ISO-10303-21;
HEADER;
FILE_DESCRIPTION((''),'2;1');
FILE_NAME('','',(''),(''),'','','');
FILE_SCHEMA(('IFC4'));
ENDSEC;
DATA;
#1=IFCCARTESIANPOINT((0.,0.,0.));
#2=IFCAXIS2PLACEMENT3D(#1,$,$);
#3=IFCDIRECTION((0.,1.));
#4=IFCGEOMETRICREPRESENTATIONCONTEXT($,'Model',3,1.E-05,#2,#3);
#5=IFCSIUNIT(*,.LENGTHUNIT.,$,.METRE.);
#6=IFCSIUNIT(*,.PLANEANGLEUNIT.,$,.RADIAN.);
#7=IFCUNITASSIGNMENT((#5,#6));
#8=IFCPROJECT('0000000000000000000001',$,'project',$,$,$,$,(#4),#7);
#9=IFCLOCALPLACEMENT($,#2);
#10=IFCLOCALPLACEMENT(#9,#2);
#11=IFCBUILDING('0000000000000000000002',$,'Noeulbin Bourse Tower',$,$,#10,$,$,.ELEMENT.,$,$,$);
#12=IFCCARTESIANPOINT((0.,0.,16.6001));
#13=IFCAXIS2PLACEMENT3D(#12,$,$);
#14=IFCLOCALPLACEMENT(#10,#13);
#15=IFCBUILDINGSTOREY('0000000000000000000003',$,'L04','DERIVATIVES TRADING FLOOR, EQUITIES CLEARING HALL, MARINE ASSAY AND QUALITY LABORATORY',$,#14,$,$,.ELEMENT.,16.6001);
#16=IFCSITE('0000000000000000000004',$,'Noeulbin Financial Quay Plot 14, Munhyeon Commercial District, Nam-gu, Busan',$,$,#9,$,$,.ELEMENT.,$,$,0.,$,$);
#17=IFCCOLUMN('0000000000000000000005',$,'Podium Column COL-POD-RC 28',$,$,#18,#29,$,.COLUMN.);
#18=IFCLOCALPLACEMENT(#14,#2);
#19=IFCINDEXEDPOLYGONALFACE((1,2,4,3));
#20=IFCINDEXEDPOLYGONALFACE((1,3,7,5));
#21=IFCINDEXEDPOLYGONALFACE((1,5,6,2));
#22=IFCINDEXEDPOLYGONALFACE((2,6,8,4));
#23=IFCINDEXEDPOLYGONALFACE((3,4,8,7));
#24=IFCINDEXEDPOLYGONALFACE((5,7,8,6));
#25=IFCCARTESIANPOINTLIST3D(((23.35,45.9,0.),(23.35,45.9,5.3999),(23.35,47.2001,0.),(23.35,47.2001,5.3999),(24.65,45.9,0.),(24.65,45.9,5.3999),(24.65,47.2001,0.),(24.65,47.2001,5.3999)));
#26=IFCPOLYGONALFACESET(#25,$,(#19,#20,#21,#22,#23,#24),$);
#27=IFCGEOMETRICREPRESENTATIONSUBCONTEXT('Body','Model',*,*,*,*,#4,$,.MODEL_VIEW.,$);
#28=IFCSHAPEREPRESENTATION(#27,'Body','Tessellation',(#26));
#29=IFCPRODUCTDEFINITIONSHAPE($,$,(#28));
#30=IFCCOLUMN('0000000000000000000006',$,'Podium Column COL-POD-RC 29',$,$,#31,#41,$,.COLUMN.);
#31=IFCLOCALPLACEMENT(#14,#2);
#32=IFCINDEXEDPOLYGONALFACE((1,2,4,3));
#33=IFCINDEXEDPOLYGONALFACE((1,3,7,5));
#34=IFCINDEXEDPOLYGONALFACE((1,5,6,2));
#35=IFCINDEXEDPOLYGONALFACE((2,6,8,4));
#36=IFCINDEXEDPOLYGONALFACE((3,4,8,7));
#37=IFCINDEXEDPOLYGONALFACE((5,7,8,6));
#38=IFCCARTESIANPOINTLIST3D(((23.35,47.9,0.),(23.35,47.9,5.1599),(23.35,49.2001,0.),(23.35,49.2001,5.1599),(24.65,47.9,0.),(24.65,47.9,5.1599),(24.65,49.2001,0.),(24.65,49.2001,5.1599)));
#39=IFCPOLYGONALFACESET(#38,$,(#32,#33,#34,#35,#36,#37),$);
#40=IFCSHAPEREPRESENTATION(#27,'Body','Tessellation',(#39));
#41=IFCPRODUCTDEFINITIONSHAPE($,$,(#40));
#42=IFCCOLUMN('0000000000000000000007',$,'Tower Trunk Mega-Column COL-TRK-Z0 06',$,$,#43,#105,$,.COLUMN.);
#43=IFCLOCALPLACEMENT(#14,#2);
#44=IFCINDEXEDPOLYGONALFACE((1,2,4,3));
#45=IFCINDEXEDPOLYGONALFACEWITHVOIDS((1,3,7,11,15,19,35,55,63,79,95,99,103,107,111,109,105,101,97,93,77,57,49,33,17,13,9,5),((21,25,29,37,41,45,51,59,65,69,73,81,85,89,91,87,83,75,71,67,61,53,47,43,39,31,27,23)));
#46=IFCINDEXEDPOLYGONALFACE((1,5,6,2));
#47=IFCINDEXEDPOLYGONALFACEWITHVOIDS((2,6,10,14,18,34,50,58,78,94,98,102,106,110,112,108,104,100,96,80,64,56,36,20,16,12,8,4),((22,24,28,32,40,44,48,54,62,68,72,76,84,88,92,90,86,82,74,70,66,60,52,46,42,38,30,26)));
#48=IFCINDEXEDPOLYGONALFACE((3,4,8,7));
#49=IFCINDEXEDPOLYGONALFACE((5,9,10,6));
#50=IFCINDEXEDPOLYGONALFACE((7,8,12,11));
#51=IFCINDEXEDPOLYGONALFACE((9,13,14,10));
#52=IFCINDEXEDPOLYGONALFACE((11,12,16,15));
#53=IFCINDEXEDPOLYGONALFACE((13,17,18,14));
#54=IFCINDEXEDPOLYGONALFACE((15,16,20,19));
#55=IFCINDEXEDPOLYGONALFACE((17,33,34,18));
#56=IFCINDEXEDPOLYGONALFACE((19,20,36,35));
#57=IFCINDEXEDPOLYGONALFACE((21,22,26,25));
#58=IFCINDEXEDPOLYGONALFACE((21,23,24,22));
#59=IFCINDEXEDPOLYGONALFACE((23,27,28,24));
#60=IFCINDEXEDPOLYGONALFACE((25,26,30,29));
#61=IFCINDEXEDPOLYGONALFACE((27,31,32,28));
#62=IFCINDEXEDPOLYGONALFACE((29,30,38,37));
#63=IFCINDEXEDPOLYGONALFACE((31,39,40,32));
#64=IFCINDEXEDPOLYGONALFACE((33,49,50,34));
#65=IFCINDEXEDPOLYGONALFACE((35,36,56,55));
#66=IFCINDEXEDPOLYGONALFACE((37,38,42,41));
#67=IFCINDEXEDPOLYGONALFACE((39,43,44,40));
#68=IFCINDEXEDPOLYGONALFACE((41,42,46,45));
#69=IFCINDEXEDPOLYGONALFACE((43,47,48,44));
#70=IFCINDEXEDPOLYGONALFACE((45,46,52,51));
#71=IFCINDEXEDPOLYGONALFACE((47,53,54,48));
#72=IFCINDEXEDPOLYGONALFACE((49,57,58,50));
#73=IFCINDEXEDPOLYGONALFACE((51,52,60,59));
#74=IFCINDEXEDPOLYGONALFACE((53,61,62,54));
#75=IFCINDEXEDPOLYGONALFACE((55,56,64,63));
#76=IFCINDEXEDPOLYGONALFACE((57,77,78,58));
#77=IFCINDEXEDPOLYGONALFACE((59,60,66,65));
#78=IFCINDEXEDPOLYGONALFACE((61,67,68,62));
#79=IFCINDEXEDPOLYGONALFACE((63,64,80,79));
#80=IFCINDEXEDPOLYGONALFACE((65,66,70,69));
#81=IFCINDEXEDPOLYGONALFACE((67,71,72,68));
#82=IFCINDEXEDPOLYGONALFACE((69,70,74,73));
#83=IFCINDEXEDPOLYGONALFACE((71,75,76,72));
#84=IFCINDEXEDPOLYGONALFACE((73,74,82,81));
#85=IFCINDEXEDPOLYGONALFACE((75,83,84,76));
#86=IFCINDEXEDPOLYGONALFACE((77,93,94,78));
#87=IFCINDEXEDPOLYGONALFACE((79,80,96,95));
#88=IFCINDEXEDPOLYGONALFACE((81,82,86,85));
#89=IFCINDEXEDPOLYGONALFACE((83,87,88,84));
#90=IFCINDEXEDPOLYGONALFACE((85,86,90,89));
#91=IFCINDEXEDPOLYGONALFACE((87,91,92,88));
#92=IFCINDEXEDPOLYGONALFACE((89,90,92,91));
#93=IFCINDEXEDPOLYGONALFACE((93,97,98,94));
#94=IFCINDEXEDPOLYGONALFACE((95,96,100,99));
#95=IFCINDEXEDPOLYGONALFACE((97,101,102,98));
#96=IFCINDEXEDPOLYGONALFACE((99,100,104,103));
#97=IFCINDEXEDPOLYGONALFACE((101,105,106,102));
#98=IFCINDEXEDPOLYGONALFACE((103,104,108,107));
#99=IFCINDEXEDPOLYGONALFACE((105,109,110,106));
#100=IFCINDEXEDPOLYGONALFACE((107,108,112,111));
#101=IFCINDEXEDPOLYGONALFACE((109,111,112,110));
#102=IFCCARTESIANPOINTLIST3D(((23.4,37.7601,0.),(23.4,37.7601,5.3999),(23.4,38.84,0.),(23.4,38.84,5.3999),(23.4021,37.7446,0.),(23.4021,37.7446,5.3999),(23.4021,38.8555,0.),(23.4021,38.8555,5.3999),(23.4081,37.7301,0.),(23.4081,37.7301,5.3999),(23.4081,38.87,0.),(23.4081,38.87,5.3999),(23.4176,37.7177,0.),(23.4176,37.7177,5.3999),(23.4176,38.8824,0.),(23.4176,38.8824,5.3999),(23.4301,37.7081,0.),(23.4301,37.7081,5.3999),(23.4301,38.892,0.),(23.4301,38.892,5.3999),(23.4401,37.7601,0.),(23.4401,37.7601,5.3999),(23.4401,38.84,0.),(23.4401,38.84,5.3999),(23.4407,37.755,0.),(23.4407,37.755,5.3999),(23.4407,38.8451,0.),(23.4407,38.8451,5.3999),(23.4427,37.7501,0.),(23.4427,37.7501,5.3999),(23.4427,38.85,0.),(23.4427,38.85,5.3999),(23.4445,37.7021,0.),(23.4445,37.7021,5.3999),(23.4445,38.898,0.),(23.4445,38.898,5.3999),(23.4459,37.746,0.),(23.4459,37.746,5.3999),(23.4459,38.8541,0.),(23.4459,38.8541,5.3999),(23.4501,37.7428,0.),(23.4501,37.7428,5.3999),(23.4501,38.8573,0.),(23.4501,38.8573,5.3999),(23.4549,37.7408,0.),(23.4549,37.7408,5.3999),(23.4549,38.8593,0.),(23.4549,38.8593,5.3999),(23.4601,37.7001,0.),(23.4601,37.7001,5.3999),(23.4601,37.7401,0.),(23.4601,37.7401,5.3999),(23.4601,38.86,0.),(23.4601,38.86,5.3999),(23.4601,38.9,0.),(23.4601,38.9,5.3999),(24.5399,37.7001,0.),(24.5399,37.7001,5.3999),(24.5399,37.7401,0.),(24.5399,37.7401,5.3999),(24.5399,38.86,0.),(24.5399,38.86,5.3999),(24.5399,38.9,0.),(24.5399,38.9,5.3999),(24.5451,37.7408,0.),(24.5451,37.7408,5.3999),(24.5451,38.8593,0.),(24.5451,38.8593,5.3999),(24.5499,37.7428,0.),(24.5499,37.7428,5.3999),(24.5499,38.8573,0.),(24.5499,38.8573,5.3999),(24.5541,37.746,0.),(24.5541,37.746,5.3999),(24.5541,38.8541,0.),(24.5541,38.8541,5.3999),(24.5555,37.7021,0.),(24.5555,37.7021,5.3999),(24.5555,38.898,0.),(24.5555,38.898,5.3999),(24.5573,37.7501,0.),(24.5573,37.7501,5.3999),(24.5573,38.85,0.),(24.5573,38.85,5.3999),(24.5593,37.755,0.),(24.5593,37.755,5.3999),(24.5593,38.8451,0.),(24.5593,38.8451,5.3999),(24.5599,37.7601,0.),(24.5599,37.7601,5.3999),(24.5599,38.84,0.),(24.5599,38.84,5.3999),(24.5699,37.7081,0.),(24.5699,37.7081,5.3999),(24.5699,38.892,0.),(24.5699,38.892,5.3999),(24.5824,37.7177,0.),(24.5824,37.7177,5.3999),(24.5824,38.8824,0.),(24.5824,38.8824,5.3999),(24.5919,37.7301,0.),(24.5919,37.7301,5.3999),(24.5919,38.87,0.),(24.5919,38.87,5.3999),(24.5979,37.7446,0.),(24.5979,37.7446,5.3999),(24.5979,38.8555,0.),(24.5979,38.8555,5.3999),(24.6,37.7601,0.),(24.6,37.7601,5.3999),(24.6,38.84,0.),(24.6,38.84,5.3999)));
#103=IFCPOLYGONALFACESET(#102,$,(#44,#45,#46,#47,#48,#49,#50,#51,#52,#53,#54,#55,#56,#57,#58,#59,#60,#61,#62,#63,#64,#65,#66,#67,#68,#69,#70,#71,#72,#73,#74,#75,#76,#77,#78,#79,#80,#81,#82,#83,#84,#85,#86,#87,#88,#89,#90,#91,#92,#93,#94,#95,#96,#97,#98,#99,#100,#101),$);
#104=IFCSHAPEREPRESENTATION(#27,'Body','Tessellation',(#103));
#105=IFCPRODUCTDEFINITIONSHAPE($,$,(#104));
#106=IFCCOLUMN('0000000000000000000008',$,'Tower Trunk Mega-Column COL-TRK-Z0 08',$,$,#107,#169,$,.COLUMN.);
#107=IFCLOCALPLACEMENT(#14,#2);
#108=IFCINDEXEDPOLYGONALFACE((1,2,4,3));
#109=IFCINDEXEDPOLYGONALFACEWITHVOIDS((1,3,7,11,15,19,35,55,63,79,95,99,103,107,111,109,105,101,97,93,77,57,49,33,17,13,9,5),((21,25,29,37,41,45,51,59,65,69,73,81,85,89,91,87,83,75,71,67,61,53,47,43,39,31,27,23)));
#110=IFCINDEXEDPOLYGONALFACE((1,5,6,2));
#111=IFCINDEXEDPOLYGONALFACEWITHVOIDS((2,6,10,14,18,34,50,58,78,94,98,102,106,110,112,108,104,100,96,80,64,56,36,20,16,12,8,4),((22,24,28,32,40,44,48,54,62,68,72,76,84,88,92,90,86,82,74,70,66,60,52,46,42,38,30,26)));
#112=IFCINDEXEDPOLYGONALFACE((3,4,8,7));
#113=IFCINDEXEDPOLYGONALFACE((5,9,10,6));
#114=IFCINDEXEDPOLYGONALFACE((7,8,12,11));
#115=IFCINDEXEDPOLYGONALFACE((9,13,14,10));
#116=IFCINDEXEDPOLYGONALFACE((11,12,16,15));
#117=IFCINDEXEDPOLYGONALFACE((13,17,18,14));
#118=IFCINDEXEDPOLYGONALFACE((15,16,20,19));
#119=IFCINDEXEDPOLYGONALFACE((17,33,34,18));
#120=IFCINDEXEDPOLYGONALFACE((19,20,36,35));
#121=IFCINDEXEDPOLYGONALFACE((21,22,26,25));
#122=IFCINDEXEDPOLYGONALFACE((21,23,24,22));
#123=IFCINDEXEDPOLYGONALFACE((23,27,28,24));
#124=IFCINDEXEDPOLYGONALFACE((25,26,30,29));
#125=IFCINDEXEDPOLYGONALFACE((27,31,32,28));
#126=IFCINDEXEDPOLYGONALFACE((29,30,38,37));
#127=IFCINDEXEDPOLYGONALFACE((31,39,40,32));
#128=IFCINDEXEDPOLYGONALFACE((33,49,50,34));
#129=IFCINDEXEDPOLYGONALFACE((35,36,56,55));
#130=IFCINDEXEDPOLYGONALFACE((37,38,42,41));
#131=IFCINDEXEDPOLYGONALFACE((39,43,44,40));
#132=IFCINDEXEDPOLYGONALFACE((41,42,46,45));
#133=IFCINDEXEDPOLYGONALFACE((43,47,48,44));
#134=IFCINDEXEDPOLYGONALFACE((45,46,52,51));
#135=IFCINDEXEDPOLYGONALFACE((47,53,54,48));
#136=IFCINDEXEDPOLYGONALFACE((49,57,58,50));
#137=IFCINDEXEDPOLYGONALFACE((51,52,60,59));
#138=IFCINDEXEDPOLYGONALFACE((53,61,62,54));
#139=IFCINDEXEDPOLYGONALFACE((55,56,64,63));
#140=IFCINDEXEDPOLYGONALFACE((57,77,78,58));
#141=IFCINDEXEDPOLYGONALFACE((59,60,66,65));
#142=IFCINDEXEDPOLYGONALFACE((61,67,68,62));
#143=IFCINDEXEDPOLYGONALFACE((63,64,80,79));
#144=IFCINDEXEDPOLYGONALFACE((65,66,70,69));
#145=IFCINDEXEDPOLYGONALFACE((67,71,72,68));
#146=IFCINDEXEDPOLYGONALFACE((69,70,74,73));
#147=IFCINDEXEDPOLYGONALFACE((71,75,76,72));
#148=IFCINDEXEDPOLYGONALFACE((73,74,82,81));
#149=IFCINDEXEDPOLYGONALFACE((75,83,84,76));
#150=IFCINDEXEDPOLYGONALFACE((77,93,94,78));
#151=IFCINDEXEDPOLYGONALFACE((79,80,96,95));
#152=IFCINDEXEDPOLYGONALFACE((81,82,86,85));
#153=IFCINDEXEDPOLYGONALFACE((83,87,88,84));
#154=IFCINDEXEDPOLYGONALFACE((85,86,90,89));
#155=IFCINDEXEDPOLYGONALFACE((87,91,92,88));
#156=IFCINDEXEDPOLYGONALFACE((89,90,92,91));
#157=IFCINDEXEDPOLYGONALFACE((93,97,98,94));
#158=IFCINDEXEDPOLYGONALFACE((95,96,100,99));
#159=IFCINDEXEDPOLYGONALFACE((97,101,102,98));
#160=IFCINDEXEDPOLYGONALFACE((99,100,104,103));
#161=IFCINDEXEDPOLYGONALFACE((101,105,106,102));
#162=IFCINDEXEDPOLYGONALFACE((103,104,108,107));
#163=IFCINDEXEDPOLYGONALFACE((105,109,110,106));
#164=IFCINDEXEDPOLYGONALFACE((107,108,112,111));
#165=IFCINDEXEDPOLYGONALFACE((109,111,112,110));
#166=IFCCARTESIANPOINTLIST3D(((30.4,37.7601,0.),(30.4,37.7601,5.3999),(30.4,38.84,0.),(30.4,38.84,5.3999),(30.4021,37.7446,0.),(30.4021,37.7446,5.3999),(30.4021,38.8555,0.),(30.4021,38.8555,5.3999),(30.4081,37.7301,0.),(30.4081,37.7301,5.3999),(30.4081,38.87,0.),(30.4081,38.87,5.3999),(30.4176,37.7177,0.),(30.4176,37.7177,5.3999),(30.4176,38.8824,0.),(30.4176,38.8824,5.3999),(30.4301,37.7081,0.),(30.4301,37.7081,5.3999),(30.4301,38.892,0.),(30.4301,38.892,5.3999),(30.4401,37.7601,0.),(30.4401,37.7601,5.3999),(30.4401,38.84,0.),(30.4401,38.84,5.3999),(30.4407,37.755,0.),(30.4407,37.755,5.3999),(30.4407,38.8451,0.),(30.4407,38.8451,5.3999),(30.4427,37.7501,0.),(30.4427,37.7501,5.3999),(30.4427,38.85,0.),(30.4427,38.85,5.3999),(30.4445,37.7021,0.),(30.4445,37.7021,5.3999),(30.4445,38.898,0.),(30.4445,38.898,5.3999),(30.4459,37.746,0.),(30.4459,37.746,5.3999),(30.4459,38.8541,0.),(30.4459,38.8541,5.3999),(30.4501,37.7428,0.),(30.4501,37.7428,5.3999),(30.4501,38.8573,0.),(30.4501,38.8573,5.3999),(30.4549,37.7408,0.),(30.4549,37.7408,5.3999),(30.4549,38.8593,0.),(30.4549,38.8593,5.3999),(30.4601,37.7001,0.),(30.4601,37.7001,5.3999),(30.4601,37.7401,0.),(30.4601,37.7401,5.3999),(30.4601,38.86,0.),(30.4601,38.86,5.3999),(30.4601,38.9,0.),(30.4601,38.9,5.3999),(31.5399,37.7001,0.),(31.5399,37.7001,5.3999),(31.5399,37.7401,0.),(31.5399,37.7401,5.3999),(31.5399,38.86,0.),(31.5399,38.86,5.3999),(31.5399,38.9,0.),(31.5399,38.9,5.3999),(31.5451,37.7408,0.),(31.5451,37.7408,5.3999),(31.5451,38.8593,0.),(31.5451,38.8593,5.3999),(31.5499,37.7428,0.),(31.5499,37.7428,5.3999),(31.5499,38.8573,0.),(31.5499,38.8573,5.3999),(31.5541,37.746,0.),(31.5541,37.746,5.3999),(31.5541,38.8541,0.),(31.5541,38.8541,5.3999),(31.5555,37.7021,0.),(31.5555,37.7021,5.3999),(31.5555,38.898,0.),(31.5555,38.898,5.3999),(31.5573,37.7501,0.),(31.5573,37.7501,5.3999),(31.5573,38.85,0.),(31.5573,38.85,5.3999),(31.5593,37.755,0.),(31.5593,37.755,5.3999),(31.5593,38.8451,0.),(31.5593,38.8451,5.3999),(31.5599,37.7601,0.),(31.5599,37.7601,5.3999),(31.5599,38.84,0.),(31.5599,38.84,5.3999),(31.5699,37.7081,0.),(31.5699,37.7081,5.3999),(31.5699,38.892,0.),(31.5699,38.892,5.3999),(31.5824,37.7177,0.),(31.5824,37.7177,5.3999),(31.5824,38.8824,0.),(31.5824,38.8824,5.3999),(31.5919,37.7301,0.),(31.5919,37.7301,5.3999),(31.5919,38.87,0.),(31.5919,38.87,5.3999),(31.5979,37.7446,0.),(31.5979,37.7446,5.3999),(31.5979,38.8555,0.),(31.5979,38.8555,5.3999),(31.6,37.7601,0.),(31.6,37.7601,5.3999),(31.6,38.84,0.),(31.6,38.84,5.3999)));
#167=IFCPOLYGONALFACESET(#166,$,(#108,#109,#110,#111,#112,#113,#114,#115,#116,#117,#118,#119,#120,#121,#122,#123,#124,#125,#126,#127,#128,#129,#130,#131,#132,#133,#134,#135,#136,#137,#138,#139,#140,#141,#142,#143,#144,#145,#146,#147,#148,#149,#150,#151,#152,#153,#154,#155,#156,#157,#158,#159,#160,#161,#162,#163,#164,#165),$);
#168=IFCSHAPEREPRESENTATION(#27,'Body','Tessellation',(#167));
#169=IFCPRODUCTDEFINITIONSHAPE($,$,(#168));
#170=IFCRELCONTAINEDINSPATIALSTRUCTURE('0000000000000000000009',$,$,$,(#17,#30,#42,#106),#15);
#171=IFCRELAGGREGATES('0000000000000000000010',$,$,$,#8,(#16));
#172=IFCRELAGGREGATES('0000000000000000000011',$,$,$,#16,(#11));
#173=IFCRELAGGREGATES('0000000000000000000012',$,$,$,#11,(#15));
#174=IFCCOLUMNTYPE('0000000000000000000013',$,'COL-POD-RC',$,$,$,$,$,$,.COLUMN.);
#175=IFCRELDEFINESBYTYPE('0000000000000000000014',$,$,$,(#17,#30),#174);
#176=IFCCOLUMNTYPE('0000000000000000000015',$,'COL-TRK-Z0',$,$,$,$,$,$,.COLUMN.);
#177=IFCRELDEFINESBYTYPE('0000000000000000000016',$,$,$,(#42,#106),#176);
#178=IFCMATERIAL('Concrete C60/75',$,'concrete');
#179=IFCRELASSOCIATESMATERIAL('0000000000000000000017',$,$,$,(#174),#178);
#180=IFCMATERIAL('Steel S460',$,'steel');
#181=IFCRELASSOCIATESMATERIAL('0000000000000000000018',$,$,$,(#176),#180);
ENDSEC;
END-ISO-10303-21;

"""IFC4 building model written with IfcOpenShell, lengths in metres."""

from ifc_helpers import new_model, si_unit, direction, frame, origin, origin_2d, place, context, subcontext, project, spatial, rectangle, hollow_rectangle, extrude, material, material_profile, profile_set, type_object, element, save


model = new_model("IFC4")

# Units and contexts
model_context = context("Model", 3, precision=1e-05, world=origin(), true_north=direction((0.0, 1.0)))
body_context = subcontext(model_context, "Body", "Model", "MODEL_VIEW")
ifc_project = project(units=[si_unit("LENGTHUNIT", "METRE"), si_unit("PLANEANGLEUNIT", "RADIAN")], contexts=[model_context])

# Site, building, storey
site_placement = place(None, origin())
site = spatial("IfcSite", under=ifc_project, at=site_placement, Name="Noeulbin Financial Quay Plot 14, Munhyeon Commercial District, Nam-gu, Busan", CompositionType="ELEMENT", RefElevation=0.0)
building_placement = place(site_placement, origin())
building = spatial("IfcBuilding", under=site, at=building_placement, Name="Noeulbin Bourse Tower", CompositionType="ELEMENT")
storey_placement = place(building_placement, frame((0.0, 0.0, 16.6001)))
storey = spatial("IfcBuildingStorey", under=building, at=storey_placement, Name="L04", Description="DERIVATIVES TRADING FLOOR, EQUITIES CLEARING HALL, MARINE ASSAY AND QUALITY LABORATORY", CompositionType="ELEMENT", Elevation=16.6001)

# Columns
ifc_material_1 = material(Name="Concrete C60/75", Category="concrete")
ifc_material_profile_1 = material_profile(ifc_material_1, rectangle(XDim=1.3, YDim=1.3, at=origin_2d()), Name="RC-COL-1300x1300", Category="LoadBearing")
ifc_profile_set_1 = profile_set([ifc_material_profile_1], Name="Concrete C60/75")
column_type_1 = type_object("IfcColumnType", Name="COL-POD-RC", PredefinedType="COLUMN", material=ifc_profile_set_1)
column_1_placement = place(storey_placement, frame((24.0, 46.55, 0.0), z_axis=(0.0, 0.0, 1.0), x_axis=(1.0, 0.0, 0.0)))
element("IfcColumn", 1, at=column_1_placement, inside=storey, type_object=column_type_1, Name="Podium Column COL-POD-RC 28", PredefinedType="COLUMN", context=body_context, shape_type="SweptSolid", body=[
    extrude(rectangle(XDim=1.3, YDim=1.3, at=origin_2d()), origin(), (0.0, 0.0, 1.0), 5.3999),
])
column_2_placement = place(storey_placement, frame((24.0, 48.55, 0.0), z_axis=(0.0, 0.0, 1.0), x_axis=(1.0, 0.0, 0.0)))
element("IfcColumn", 2, at=column_2_placement, inside=storey, type_object=column_type_1, Name="Podium Column COL-POD-RC 29", PredefinedType="COLUMN", context=body_context, shape_type="SweptSolid", body=[
    extrude(rectangle(XDim=1.3, YDim=1.3, at=origin_2d()), origin(), (0.0, 0.0, 1.0), 5.1599),
])
ifc_material_2 = material(Name="Steel S460", Category="steel")
ifc_material_profile_2 = material_profile(ifc_material_2, hollow_rectangle(XDim=1.2, YDim=1.2, WallThickness=0.04, InnerFilletRadius=0.02, OuterFilletRadius=0.0601, at=origin_2d()), Name="BOX-1200x1200x40", Category="LoadBearing")
ifc_profile_set_2 = profile_set([ifc_material_profile_2], Name="Steel S460")
column_type_2 = type_object("IfcColumnType", Name="COL-TRK-Z0", PredefinedType="COLUMN", material=ifc_profile_set_2)
for number, where, z_axis, x_axis, name in (
    (3, (24.0, 38.3, 0.0), (0.0, 0.0, 1.0), (1.0, 0.0, 0.0), "Tower Trunk Mega-Column COL-TRK-Z0 06"),
    (4, (31.0, 38.3, 0.0), (0.0, 0.0, 1.0), (1.0, 0.0, 0.0), "Tower Trunk Mega-Column COL-TRK-Z0 08"),
):
    element("IfcColumn", number, at=place(storey_placement, frame(where, z_axis=z_axis, x_axis=x_axis)), inside=storey, type_object=column_type_2, Name=name, PredefinedType="COLUMN", context=body_context, shape_type="SweptSolid", body=[
        extrude(hollow_rectangle(XDim=1.2, YDim=1.2, WallThickness=0.04, InnerFilletRadius=0.02, OuterFilletRadius=0.0601, at=origin_2d()), origin(), (0.0, 0.0, 1.0), 5.3999),
    ])

save(model, "model.ifc")
